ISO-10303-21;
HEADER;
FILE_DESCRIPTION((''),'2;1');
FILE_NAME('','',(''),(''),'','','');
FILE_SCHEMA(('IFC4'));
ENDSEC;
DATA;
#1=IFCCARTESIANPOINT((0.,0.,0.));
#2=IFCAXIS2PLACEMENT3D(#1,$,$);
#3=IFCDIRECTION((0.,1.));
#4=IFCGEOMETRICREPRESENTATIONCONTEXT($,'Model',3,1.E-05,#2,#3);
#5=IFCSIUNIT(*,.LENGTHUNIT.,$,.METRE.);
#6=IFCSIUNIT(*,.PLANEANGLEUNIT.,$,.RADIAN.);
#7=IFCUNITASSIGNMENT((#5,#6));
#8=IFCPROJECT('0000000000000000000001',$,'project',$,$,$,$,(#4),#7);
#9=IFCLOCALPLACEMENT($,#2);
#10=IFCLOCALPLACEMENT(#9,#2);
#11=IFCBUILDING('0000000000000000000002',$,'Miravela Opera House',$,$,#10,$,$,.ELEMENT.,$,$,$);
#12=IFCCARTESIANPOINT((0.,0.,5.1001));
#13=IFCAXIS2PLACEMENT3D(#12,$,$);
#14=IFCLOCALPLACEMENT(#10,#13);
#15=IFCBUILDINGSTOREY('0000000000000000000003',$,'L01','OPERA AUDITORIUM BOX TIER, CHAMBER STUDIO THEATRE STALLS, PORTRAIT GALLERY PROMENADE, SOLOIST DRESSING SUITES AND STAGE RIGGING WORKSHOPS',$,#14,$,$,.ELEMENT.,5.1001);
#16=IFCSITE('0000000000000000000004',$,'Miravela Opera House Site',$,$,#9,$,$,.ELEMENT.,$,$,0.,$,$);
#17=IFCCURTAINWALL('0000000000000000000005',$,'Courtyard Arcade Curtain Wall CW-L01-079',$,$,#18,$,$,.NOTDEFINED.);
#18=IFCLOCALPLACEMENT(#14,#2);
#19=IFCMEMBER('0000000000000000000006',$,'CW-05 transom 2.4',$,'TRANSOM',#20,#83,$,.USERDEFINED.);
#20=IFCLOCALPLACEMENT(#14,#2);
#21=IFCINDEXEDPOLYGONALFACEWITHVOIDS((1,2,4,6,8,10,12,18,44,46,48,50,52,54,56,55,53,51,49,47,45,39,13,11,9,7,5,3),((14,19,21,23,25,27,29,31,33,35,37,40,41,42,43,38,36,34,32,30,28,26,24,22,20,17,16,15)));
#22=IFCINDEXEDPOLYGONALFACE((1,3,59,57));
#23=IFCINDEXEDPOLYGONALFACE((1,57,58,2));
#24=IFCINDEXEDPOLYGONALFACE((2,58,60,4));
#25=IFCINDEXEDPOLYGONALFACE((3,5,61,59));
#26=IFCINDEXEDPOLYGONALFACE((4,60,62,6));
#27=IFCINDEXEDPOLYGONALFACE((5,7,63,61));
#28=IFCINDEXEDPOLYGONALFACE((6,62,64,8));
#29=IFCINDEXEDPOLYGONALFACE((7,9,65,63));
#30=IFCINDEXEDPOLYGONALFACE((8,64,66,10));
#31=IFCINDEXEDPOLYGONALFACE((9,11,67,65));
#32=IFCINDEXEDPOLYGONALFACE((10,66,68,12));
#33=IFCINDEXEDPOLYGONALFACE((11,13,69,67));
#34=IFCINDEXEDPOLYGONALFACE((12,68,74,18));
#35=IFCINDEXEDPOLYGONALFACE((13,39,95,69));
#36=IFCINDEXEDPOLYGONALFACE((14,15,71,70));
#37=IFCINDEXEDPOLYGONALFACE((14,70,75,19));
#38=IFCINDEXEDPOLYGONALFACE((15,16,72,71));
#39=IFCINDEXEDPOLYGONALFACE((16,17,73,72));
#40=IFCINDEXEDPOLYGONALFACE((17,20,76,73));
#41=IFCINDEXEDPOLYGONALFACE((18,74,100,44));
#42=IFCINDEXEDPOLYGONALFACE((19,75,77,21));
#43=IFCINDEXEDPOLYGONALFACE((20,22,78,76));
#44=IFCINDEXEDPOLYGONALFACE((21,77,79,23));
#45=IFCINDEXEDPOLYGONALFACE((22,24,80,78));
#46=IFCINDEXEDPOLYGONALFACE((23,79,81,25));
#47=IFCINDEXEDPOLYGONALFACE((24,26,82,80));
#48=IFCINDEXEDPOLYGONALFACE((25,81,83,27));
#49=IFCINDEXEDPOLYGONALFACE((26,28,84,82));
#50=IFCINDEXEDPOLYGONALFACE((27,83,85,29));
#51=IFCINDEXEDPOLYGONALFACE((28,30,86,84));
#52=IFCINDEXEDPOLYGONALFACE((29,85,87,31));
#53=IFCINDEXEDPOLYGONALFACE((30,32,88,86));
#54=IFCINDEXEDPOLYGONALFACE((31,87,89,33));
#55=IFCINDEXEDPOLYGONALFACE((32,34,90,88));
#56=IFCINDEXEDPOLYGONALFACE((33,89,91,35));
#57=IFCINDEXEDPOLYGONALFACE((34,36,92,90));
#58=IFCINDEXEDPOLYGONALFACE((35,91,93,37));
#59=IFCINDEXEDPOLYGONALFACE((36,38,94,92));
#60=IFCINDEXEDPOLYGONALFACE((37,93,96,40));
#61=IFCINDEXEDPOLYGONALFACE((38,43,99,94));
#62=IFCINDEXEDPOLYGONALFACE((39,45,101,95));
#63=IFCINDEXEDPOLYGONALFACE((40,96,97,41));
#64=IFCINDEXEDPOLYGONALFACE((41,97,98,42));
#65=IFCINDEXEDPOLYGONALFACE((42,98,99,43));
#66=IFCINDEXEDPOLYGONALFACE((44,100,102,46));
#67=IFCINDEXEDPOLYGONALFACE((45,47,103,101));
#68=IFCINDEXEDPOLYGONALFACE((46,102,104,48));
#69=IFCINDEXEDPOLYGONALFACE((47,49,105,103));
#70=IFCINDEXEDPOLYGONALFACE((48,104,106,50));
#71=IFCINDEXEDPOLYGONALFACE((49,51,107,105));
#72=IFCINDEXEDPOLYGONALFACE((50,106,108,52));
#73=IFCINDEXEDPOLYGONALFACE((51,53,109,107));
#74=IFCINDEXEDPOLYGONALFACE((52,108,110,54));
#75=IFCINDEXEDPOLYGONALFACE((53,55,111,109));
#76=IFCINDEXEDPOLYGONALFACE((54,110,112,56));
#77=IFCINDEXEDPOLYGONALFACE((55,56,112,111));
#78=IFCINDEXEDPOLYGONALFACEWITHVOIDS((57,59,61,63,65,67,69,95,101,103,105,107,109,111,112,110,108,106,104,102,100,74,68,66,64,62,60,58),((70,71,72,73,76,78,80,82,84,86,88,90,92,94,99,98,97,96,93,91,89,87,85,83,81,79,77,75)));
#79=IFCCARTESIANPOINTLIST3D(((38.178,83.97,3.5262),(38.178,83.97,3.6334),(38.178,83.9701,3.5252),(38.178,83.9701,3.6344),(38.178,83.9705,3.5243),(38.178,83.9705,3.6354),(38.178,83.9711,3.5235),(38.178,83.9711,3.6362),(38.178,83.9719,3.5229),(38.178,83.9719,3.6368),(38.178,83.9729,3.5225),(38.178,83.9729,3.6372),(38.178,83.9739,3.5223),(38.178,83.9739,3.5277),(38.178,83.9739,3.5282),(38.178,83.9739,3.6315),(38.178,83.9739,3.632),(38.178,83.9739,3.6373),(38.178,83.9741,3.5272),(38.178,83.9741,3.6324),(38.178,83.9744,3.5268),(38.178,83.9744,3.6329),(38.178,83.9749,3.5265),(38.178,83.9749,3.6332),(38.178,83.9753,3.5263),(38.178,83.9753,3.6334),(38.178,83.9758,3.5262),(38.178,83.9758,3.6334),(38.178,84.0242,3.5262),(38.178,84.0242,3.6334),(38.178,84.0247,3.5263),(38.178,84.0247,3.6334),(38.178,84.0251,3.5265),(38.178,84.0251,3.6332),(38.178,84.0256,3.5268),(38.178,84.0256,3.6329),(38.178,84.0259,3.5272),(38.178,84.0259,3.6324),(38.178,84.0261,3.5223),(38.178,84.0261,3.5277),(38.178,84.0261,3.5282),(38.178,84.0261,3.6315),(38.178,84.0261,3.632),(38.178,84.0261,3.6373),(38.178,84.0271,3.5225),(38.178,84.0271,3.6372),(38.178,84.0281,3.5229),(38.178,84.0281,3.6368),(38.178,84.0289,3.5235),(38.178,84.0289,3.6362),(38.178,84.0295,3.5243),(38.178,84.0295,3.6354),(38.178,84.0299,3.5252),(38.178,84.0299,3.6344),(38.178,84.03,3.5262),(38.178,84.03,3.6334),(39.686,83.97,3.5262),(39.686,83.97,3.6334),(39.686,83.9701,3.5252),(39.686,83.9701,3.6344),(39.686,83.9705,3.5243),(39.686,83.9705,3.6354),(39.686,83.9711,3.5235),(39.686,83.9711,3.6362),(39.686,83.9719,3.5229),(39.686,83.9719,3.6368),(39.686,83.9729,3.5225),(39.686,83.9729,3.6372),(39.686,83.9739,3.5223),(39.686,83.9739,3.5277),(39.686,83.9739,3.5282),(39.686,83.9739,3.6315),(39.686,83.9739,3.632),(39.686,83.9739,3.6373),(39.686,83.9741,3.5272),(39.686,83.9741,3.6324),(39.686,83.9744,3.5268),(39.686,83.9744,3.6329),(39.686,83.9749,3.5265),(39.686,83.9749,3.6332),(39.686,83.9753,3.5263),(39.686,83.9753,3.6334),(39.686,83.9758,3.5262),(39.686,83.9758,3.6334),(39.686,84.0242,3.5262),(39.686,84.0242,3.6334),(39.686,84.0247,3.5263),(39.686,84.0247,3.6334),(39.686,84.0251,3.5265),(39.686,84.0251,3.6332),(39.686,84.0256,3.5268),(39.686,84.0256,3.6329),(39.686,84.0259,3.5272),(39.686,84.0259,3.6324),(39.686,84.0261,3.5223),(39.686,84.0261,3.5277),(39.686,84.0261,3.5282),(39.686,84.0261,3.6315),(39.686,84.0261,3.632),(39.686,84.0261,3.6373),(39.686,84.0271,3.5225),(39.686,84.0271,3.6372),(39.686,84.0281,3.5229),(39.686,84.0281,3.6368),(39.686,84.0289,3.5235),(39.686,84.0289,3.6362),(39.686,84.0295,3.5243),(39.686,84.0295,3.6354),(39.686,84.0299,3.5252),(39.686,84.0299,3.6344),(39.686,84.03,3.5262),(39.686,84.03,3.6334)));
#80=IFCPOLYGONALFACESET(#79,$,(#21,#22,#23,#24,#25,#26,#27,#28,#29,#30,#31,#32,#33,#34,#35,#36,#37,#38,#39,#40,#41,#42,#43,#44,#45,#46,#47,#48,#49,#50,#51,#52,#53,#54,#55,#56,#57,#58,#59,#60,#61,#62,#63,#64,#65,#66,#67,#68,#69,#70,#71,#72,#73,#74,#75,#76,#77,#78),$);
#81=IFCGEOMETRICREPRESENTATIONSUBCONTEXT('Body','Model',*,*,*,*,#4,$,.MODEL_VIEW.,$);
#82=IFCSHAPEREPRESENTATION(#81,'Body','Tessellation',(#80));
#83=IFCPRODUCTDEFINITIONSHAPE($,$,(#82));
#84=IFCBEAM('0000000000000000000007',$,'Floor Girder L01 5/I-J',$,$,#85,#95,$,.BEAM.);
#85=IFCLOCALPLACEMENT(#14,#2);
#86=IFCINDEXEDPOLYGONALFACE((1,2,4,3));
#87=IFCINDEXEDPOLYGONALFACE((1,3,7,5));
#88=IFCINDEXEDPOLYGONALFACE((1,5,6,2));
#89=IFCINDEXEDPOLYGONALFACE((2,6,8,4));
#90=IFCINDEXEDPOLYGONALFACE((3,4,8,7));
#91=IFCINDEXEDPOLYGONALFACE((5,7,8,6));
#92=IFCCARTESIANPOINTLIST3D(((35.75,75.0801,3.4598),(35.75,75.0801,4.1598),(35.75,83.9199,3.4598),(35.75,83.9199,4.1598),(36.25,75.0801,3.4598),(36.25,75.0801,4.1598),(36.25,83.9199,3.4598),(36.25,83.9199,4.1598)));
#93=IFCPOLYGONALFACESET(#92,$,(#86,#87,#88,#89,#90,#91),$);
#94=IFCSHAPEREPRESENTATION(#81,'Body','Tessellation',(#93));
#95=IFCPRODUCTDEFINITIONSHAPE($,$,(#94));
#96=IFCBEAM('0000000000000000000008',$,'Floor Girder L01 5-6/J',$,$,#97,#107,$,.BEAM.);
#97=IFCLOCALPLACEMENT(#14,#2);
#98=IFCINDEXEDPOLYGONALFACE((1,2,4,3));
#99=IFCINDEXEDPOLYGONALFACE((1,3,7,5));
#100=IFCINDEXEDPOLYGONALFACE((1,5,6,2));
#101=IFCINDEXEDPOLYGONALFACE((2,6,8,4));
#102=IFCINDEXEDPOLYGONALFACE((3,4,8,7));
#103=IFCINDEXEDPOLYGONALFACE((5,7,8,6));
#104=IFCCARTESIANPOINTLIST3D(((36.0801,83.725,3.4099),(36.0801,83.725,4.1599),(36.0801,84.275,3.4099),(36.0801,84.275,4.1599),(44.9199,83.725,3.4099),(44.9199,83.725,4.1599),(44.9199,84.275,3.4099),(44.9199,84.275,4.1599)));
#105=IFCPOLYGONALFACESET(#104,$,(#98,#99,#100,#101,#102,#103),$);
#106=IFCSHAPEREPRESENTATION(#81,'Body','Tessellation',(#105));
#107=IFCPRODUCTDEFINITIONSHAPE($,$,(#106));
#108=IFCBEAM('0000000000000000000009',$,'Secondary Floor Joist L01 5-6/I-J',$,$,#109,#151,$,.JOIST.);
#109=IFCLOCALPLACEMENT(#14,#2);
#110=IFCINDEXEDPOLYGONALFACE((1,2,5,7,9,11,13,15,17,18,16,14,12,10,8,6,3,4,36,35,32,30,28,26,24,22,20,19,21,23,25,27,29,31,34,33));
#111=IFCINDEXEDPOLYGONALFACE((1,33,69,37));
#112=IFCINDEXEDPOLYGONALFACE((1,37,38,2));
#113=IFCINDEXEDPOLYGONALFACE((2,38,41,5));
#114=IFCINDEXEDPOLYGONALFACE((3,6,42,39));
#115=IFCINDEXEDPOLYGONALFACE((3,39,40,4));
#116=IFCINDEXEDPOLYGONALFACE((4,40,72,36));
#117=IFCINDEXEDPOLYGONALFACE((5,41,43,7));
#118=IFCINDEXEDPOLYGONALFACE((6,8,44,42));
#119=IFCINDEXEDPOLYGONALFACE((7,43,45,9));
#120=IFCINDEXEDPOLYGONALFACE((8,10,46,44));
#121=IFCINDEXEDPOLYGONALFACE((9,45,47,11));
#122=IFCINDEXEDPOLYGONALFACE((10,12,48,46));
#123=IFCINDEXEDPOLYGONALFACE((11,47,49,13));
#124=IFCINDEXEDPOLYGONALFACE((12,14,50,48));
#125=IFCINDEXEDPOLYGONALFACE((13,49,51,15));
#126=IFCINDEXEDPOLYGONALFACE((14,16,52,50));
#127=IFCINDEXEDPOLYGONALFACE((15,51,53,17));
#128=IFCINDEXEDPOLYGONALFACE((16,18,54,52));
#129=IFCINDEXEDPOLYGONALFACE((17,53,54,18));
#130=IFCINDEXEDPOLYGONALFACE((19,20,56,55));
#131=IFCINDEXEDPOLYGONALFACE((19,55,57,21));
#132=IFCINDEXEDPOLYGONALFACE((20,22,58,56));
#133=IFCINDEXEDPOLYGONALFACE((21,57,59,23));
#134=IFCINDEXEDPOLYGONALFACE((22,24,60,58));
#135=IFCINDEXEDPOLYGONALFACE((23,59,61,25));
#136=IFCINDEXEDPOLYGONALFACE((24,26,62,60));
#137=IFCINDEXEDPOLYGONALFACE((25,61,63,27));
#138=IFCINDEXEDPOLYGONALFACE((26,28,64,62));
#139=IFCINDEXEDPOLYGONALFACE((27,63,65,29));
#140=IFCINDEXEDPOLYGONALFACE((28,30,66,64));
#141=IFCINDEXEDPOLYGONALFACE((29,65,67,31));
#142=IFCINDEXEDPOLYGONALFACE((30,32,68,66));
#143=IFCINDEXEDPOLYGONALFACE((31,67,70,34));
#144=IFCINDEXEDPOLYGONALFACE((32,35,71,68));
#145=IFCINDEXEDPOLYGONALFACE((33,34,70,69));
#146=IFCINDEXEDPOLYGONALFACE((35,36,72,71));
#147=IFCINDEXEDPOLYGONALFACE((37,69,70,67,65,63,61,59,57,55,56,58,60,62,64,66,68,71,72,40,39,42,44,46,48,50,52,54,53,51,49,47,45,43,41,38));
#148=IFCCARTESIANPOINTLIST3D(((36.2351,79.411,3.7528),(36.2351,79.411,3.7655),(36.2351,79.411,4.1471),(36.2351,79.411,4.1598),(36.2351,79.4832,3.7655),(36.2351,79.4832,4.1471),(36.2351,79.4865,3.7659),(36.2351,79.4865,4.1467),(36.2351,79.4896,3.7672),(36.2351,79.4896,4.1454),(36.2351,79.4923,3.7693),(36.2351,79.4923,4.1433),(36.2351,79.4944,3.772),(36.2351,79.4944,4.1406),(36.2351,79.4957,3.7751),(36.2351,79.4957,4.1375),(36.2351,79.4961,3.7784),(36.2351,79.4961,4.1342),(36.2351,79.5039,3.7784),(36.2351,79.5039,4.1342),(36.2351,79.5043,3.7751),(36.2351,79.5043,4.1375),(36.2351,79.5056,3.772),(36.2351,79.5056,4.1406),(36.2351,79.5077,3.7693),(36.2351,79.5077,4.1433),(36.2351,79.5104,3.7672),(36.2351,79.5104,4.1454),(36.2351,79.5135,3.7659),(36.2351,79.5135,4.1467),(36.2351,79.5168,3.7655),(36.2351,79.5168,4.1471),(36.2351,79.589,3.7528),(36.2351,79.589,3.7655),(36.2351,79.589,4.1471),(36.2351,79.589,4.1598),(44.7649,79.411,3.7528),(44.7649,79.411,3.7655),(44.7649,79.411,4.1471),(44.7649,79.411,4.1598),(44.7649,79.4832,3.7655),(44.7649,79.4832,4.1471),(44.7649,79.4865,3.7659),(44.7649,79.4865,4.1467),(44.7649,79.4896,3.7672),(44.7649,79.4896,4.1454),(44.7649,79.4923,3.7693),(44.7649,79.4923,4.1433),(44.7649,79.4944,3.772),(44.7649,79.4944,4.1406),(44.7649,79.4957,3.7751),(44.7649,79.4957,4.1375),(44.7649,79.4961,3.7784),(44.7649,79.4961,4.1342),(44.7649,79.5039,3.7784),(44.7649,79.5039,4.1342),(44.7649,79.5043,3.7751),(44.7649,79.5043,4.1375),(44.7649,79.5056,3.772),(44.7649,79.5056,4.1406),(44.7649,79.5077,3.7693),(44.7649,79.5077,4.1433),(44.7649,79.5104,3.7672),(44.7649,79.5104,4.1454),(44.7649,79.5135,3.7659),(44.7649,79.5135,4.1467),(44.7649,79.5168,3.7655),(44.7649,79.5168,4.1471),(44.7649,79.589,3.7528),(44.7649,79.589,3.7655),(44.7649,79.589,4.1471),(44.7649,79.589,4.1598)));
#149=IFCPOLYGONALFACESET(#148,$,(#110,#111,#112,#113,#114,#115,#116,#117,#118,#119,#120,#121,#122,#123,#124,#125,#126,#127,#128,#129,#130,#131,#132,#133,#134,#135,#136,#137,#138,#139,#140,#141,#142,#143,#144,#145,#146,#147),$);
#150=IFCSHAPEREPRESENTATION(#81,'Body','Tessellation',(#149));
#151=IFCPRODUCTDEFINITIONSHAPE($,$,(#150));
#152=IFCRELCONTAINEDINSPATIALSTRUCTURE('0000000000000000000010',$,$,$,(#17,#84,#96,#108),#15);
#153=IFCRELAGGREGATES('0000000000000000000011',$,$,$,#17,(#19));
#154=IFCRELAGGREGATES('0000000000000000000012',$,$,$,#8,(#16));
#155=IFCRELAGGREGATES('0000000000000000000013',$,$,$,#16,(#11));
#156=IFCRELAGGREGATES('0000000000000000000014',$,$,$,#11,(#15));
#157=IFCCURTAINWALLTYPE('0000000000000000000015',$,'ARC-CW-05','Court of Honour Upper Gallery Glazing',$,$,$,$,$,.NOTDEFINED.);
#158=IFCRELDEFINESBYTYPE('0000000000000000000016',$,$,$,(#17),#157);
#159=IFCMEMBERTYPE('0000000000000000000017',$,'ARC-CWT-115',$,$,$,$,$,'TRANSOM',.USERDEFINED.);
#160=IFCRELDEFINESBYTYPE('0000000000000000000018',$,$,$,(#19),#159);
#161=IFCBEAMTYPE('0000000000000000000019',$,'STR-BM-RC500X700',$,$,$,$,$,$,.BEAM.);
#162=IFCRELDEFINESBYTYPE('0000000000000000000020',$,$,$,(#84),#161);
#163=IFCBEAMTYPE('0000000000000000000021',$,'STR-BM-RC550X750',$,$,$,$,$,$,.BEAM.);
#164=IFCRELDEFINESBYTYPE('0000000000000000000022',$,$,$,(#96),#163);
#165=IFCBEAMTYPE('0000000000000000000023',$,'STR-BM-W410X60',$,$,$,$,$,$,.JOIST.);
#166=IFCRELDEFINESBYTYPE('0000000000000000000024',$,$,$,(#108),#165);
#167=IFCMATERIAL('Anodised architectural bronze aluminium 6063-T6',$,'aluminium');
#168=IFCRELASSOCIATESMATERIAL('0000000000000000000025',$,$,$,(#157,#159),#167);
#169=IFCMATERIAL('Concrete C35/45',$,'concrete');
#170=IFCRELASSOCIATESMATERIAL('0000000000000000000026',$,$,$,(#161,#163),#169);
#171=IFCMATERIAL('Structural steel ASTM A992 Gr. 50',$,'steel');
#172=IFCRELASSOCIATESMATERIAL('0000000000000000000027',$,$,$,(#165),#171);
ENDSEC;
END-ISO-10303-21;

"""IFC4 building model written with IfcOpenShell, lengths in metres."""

from ifc_helpers import new_model, si_unit, direction, frame, origin, origin_2d, place, context, subcontext, project, spatial, rectangle, hollow_rectangle, i_section, extrude, material, material_profile, profile_set, type_object, element, aggregate, save


model = new_model("IFC4")

# Units and contexts
model_context = context("Model", 3, precision=1e-05, world=origin(), true_north=direction((0.0, 1.0)))
body_context = subcontext(model_context, "Body", "Model", "MODEL_VIEW")
ifc_project = project(units=[si_unit("LENGTHUNIT", "METRE"), si_unit("PLANEANGLEUNIT", "RADIAN")], contexts=[model_context])

# Site, building, storey
site_placement = place(None, origin())
site = spatial("IfcSite", under=ifc_project, at=site_placement, Name="Miravela Opera House Site", CompositionType="ELEMENT", RefElevation=0.0)
building_placement = place(site_placement, origin())
building = spatial("IfcBuilding", under=site, at=building_placement, Name="Miravela Opera House", CompositionType="ELEMENT")
storey_placement = place(building_placement, frame((0.0, 0.0, 5.1001)))
storey = spatial("IfcBuildingStorey", under=building, at=storey_placement, Name="L01", Description="OPERA AUDITORIUM BOX TIER, CHAMBER STUDIO THEATRE STALLS, PORTRAIT GALLERY PROMENADE, SOLOIST DRESSING SUITES AND STAGE RIGGING WORKSHOPS", CompositionType="ELEMENT", Elevation=5.1001)

# Shared definitions
ifc_material_1 = material(Name="Concrete C35/45", Category="concrete")

# Shared definitions
ifc_material_2 = material(Name="Anodised architectural bronze aluminium 6063-T6", Category="aluminium")
curtain_wall_type = type_object("IfcCurtainWallType", Name="ARC-CW-05", Description="Court of Honour Upper Gallery Glazing", PredefinedType="NOTDEFINED", material=ifc_material_2)

# Curtain wall, member
curtain_wall_1_placement = place(storey_placement, origin())
curtain_wall_1 = element("IfcCurtainWall", 1, at=curtain_wall_1_placement, inside=storey, type_object=curtain_wall_type, Name="Courtyard Arcade Curtain Wall CW-L01-079", PredefinedType="NOTDEFINED")
ifc_material_profile_1 = material_profile(ifc_material_2, hollow_rectangle(XDim=0.0601, YDim=0.115, WallThickness=0.0039, InnerFilletRadius=0.002, OuterFilletRadius=0.0039, at=origin_2d()), Name="CWT-60X115")
ifc_profile_set_1 = profile_set([ifc_material_profile_1])
member_type_1 = type_object("IfcMemberType", Name="ARC-CWT-115", ElementType="TRANSOM", PredefinedType="USERDEFINED", material=ifc_profile_set_1)
member_1_placement = place(storey_placement, frame((38.178, 84.0, 3.5798), z_axis=(1.0, 0.0, 0.0), x_axis=(0.0, 1.0, 0.0)))
member_1 = element("IfcMember", 2, at=member_1_placement, type_object=member_type_1, Name="CW-05 transom 2.4", ObjectType="TRANSOM", PredefinedType="USERDEFINED", context=body_context, shape_type="SweptSolid", body=[
    extrude(hollow_rectangle(XDim=0.0601, YDim=0.115, WallThickness=0.0039, InnerFilletRadius=0.002, OuterFilletRadius=0.0039, at=origin_2d()), origin(), (0.0, 0.0, 1.0), 1.5081),
])

# Beams
ifc_material_profile_2 = material_profile(ifc_material_1, rectangle(XDim=0.5, YDim=0.7, at=origin_2d()), Name="RC-BM-500X700")
ifc_profile_set_2 = profile_set([ifc_material_profile_2])
beam_type_1 = type_object("IfcBeamType", Name="STR-BM-RC500X700", PredefinedType="BEAM", material=ifc_profile_set_2)
beam_1_placement = place(storey_placement, frame((36.0, 75.0801, 3.8098), z_axis=(0.0, 1.0, 0.0), x_axis=(-1.0, 0.0, 0.0)))
element("IfcBeam", 3, at=beam_1_placement, inside=storey, type_object=beam_type_1, Name="Floor Girder L01 5/I-J", PredefinedType="BEAM", context=body_context, shape_type="SweptSolid", body=[
    extrude(rectangle(XDim=0.5, YDim=0.7, at=origin_2d()), origin(), (0.0, 0.0, 1.0), 8.8398),
])
ifc_material_profile_3 = material_profile(ifc_material_1, rectangle(XDim=0.55, YDim=0.75, at=origin_2d()), Name="RC-BM-550X750")
ifc_profile_set_3 = profile_set([ifc_material_profile_3])
beam_type_2 = type_object("IfcBeamType", Name="STR-BM-RC550X750", PredefinedType="BEAM", material=ifc_profile_set_3)
beam_2_placement = place(storey_placement, frame((36.0801, 84.0, 3.7849), z_axis=(1.0, 0.0, 0.0), x_axis=(0.0, 1.0, 0.0)))
element("IfcBeam", 4, at=beam_2_placement, inside=storey, type_object=beam_type_2, Name="Floor Girder L01 5-6/J", PredefinedType="BEAM", context=body_context, shape_type="SweptSolid", body=[
    extrude(rectangle(XDim=0.55, YDim=0.75, at=origin_2d()), origin(), (0.0, 0.0, 1.0), 8.8398),
])
ifc_material_3 = material(Name="Structural steel ASTM A992 Gr. 50", Category="steel")
ifc_material_profile_4 = material_profile(ifc_material_3, i_section(OverallWidth=0.178, OverallDepth=0.407, WebThickness=0.0078, FlangeThickness=0.0127, FilletRadius=0.0129, at=origin_2d()), Name="W410X60")
ifc_profile_set_4 = profile_set([ifc_material_profile_4])
beam_type_3 = type_object("IfcBeamType", Name="STR-BM-W410X60", PredefinedType="JOIST", material=ifc_profile_set_4)
beam_3_placement = place(storey_placement, frame((36.2351, 79.5, 3.9563), z_axis=(1.0, 0.0, 0.0), x_axis=(0.0, 1.0, 0.0)))
element("IfcBeam", 5, at=beam_3_placement, inside=storey, type_object=beam_type_3, Name="Secondary Floor Joist L01 5-6/I-J", PredefinedType="JOIST", context=body_context, shape_type="SweptSolid", body=[
    extrude(i_section(OverallWidth=0.178, OverallDepth=0.407, WebThickness=0.0078, FlangeThickness=0.0127, FilletRadius=0.0129, at=origin_2d()), origin(), (0.0, 0.0, 1.0), 8.5298),
])

aggregate(curtain_wall_1, [member_1])

save(model, "model.ifc")
